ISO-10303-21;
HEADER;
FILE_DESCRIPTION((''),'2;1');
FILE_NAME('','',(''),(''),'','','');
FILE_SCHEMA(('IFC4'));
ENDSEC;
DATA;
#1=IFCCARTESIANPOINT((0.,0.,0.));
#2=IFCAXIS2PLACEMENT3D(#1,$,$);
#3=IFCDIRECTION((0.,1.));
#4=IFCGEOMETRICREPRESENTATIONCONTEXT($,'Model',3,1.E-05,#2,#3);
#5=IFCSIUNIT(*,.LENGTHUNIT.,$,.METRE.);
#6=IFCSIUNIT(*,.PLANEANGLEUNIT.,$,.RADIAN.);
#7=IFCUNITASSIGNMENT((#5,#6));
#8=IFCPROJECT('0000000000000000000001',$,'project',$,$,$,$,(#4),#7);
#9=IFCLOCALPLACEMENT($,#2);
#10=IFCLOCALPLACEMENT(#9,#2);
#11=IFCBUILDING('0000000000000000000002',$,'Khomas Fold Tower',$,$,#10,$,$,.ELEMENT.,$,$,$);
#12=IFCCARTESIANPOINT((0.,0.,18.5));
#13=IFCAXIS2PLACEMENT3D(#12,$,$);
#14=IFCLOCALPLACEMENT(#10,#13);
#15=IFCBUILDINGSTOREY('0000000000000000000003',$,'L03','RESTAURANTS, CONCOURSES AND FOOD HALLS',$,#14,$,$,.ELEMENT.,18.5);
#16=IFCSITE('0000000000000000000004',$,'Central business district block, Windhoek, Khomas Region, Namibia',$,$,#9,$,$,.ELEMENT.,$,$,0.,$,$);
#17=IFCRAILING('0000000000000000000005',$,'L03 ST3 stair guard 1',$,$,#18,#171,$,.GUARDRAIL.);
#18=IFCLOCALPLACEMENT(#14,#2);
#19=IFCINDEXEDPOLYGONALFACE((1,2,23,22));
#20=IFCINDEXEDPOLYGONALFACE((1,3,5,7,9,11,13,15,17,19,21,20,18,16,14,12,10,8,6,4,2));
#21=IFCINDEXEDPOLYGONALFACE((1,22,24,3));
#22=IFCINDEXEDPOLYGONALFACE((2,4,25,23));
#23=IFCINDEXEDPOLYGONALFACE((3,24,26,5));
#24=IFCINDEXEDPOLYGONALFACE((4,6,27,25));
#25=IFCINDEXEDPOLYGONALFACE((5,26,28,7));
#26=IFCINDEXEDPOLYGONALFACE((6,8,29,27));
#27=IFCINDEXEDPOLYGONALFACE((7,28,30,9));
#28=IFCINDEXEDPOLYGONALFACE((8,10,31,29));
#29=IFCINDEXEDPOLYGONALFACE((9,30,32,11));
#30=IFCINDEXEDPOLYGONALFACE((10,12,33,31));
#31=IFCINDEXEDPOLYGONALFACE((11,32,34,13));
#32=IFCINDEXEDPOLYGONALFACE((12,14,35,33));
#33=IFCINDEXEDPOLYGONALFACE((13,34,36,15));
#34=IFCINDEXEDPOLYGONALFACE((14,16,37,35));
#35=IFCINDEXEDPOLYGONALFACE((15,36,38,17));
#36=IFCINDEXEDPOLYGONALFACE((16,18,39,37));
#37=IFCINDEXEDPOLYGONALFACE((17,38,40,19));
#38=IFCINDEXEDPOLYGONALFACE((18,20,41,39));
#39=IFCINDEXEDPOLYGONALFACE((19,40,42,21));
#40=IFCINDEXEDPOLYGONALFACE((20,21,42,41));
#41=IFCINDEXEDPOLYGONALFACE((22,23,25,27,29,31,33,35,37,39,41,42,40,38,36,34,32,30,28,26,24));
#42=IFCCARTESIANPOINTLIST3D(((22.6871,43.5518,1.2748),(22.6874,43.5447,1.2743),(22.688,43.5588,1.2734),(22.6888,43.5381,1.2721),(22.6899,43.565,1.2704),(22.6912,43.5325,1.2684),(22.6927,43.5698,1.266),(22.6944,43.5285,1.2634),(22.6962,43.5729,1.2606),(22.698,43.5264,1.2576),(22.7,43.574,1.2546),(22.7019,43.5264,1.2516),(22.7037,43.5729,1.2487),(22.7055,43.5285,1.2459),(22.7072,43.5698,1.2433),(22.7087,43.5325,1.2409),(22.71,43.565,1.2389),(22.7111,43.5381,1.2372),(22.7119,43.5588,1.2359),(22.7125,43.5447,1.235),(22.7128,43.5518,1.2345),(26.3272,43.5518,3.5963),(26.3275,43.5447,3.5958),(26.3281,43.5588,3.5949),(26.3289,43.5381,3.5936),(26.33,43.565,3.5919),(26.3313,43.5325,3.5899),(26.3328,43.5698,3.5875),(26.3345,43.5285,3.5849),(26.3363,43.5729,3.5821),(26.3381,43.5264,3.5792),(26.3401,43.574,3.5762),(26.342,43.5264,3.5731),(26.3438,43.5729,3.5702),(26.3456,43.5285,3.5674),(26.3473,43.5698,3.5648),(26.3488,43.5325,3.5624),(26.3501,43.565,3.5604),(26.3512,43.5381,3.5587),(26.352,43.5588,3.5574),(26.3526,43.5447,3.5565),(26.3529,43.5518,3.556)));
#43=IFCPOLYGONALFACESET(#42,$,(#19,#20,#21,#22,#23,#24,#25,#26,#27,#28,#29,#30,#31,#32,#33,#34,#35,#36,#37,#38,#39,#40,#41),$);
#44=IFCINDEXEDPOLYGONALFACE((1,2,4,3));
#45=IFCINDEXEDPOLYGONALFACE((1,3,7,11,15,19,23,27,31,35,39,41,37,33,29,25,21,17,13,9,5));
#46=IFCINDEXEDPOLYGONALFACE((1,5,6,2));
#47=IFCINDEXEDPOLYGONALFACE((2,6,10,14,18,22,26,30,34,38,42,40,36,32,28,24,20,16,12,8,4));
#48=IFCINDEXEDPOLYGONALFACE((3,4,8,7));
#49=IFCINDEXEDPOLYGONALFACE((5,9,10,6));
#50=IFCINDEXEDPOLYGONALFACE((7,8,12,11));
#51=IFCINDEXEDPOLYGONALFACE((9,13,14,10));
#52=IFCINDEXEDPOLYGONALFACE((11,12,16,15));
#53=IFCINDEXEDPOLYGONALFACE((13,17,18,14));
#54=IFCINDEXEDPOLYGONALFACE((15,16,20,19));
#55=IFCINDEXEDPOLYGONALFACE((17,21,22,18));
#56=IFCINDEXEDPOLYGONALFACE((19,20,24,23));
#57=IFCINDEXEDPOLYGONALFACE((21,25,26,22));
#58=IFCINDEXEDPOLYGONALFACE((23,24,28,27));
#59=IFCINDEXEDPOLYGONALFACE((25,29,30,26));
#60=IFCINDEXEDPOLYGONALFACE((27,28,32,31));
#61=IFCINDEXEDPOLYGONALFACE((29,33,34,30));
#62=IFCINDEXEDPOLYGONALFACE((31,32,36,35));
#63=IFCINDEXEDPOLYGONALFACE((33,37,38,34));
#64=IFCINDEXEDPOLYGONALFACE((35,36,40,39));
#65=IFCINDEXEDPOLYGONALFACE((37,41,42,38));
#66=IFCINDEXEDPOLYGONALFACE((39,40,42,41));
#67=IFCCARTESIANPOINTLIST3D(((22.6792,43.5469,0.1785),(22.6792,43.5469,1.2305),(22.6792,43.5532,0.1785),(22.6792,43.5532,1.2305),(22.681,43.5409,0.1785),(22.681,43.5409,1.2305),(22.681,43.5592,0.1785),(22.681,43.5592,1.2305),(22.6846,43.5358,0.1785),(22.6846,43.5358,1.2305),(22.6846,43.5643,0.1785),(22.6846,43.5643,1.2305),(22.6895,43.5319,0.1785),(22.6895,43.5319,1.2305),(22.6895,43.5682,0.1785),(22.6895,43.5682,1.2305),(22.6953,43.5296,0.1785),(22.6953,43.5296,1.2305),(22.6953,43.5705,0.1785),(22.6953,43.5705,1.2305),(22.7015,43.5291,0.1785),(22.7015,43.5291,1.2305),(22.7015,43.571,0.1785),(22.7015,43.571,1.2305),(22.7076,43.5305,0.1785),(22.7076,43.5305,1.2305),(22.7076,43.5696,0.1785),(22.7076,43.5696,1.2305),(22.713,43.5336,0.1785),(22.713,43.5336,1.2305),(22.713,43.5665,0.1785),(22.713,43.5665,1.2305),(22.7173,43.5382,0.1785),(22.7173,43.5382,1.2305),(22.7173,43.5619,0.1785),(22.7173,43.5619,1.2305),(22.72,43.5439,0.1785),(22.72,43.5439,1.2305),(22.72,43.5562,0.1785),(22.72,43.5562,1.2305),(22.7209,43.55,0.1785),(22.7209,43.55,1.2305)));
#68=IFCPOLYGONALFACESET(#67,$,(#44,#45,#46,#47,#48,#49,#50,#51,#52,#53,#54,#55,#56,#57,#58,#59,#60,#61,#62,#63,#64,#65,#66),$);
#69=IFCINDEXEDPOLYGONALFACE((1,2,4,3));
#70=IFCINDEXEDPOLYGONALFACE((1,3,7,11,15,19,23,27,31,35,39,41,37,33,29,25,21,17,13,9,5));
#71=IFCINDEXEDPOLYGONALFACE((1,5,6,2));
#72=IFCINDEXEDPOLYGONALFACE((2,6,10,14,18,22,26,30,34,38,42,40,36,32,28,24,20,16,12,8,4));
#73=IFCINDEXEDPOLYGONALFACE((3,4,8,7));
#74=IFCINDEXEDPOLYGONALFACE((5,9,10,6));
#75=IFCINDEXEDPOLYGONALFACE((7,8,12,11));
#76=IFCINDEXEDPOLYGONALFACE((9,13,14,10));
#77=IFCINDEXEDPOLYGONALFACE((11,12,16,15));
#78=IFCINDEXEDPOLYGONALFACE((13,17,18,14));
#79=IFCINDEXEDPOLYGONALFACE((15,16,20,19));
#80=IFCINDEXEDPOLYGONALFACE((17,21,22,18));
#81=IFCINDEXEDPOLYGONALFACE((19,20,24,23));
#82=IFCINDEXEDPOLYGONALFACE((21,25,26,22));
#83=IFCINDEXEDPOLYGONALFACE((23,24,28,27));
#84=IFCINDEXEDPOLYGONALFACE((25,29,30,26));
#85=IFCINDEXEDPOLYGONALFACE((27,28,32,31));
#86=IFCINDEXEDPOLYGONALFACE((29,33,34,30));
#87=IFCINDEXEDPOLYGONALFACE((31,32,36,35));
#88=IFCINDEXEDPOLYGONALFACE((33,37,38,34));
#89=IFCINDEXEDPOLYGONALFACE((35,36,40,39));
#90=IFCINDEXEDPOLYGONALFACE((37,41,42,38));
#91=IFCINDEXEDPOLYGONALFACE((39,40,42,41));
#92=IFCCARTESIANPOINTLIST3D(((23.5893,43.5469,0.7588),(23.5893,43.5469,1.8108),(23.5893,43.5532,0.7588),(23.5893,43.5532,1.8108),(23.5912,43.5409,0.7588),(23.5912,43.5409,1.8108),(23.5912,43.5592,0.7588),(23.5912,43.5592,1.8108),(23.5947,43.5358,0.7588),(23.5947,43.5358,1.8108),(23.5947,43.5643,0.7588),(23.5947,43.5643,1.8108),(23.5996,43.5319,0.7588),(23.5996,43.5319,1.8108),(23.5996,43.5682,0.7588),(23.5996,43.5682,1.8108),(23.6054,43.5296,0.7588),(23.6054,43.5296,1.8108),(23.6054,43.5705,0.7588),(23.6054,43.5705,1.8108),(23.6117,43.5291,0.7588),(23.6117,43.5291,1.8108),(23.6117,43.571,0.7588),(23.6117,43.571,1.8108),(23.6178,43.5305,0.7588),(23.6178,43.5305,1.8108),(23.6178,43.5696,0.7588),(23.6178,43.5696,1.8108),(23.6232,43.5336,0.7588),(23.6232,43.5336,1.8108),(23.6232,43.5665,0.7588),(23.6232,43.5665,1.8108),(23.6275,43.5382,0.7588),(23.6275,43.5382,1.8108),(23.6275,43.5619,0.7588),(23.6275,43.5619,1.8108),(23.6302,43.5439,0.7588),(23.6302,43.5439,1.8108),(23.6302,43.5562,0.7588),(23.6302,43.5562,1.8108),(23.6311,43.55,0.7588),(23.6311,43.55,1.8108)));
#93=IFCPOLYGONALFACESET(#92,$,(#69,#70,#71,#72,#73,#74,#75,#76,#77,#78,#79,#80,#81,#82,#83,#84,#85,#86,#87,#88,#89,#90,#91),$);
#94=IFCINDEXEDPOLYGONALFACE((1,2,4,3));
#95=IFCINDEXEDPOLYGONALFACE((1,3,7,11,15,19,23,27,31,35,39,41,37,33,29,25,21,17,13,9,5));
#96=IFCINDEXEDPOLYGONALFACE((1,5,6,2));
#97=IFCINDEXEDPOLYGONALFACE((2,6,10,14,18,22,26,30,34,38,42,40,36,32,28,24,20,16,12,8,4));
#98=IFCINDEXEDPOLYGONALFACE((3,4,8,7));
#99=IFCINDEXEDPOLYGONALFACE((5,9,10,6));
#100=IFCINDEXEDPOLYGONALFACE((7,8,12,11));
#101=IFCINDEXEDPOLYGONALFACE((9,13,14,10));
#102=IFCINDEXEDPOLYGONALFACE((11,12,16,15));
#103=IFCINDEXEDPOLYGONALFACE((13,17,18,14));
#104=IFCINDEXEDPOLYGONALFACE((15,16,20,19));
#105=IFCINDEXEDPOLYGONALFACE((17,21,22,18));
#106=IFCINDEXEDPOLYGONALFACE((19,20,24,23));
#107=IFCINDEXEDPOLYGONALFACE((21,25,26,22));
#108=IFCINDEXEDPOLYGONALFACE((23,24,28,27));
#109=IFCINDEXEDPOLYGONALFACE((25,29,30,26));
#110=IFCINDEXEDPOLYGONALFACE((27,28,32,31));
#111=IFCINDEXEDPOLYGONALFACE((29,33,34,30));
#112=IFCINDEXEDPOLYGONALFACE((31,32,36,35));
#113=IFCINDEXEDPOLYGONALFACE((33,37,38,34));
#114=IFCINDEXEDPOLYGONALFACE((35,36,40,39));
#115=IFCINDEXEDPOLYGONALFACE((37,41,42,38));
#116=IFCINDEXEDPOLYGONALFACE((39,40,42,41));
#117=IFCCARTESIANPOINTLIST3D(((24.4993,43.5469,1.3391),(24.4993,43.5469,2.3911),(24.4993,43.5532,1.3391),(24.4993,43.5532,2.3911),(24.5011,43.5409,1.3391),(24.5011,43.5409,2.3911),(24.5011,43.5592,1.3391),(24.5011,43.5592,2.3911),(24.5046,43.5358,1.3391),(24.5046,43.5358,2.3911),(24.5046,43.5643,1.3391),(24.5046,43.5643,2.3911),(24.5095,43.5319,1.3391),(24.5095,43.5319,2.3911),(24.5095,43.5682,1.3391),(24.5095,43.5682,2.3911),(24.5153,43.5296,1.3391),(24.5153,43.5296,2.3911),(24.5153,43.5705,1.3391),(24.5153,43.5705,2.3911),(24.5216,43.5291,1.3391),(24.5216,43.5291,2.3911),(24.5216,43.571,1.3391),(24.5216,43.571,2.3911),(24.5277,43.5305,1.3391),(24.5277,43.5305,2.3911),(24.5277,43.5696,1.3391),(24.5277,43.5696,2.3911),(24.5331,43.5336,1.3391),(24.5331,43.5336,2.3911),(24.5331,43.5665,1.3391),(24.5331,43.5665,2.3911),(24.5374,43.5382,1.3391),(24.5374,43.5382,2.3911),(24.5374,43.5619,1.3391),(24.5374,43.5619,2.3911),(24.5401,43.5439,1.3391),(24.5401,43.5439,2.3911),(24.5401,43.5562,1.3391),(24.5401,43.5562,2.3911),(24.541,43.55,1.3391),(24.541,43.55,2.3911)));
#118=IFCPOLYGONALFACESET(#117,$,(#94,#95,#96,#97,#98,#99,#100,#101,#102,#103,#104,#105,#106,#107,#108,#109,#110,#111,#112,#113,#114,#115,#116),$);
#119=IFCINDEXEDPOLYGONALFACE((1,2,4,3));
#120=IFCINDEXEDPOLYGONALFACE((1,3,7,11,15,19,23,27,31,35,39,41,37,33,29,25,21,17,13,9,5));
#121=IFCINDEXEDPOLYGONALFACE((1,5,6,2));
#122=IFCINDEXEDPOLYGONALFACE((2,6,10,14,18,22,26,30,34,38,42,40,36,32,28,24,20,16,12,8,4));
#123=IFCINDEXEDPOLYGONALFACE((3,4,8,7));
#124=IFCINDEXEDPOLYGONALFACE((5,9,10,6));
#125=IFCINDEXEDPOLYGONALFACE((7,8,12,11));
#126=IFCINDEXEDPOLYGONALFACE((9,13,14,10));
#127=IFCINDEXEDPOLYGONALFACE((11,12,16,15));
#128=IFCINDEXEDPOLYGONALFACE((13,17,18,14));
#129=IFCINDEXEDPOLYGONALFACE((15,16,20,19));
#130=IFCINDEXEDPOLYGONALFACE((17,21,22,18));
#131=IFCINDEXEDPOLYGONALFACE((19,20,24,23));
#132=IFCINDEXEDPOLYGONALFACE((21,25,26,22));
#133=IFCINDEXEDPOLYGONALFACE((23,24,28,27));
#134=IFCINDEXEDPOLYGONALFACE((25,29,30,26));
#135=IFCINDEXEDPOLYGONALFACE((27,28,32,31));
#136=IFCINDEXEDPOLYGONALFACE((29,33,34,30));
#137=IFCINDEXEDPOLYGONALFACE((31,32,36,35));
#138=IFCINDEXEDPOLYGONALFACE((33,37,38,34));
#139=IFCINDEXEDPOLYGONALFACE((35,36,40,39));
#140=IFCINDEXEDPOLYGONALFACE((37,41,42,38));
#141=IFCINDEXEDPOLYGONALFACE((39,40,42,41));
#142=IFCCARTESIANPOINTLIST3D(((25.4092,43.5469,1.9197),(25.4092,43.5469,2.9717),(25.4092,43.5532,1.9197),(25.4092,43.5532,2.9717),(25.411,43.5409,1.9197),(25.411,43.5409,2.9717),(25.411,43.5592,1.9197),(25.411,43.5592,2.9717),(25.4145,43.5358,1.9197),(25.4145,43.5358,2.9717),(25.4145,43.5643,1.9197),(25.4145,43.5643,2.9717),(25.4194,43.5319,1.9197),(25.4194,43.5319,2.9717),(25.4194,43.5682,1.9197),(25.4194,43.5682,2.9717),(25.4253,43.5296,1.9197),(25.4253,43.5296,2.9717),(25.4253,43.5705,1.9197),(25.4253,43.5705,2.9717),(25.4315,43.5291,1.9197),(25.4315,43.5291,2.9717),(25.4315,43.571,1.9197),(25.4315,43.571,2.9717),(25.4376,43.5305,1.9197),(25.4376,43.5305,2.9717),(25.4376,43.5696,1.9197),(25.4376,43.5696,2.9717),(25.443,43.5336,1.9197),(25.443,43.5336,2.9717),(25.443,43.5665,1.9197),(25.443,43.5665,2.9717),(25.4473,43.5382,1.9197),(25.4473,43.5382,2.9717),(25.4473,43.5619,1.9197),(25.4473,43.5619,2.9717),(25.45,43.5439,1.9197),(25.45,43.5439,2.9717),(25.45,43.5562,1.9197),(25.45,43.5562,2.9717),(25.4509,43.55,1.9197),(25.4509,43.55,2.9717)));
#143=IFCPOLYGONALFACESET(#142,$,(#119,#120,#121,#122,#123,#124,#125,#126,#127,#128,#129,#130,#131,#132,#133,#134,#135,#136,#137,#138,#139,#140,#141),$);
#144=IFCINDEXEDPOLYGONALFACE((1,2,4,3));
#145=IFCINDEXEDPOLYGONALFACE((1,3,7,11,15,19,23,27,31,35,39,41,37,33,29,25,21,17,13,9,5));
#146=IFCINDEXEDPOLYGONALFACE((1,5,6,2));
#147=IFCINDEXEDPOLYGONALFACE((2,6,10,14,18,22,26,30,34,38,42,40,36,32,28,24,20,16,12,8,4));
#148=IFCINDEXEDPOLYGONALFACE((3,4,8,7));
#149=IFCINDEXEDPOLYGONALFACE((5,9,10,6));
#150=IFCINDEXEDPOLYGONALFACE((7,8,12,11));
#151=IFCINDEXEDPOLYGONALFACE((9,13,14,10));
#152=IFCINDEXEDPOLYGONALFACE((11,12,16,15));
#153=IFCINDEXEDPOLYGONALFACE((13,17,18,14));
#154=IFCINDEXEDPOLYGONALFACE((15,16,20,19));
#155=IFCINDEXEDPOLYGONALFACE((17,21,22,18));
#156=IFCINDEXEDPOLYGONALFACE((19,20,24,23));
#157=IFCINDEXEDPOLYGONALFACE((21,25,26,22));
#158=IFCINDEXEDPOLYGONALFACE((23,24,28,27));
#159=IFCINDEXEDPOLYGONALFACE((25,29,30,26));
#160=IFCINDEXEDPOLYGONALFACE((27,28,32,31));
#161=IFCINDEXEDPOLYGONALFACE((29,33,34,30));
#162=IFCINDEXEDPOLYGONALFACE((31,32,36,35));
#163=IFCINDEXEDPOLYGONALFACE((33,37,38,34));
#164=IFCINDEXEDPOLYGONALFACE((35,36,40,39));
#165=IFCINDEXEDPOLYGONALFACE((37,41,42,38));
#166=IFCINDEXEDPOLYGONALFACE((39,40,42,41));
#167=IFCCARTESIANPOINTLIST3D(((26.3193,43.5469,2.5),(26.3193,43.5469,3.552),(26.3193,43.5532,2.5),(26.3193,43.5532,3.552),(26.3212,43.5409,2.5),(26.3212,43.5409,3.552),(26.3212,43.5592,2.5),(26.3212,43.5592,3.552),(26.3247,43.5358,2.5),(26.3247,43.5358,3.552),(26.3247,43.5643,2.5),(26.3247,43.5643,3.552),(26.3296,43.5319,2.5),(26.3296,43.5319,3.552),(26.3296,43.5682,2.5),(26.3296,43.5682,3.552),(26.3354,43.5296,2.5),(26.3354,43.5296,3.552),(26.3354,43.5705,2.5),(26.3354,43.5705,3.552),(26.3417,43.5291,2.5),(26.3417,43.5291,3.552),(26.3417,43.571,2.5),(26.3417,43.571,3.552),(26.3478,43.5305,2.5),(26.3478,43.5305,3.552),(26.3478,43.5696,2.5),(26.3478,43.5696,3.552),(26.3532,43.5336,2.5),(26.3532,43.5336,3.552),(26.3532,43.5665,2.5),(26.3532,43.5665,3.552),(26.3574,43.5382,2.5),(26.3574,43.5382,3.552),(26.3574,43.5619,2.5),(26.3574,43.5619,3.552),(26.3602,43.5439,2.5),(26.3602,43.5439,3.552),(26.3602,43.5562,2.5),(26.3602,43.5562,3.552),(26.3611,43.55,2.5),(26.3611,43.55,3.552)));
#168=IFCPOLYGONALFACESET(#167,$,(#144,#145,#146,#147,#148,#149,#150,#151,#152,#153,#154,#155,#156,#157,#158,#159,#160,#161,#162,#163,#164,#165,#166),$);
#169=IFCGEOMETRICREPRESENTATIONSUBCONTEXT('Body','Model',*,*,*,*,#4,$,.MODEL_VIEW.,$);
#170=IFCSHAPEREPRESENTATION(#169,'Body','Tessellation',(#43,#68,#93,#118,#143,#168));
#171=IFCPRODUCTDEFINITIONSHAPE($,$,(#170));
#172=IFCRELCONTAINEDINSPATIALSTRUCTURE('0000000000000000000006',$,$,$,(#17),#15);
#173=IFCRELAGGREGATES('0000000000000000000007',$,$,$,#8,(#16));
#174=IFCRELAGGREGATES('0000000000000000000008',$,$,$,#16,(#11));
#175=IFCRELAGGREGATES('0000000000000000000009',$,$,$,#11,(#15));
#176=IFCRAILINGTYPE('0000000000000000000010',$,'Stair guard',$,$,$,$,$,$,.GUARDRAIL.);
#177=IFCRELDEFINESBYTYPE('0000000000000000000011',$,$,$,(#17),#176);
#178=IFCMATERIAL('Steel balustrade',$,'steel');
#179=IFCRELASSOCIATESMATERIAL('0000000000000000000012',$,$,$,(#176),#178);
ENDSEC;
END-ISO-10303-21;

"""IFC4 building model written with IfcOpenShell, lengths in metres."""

from ifc_helpers import new_model, si_unit, direction, frame, origin, origin_2d, place, context, subcontext, project, spatial, circle, extrude, source, transform, mapped, material, type_object, element, save


model = new_model("IFC4")

# Units and contexts
model_context = context("Model", 3, precision=1e-05, world=origin(), true_north=direction((0.0, 1.0)))
body_context = subcontext(model_context, "Body", "Model", "MODEL_VIEW")
ifc_project = project(units=[si_unit("LENGTHUNIT", "METRE"), si_unit("PLANEANGLEUNIT", "RADIAN")], contexts=[model_context])

# Site, building, storey
site_placement = place(None, origin())
site = spatial("IfcSite", under=ifc_project, at=site_placement, Name="Central business district block, Windhoek, Khomas Region, Namibia", CompositionType="ELEMENT", RefElevation=0.0)
building_placement = place(site_placement, origin())
building = spatial("IfcBuilding", under=site, at=building_placement, Name="Khomas Fold Tower", CompositionType="ELEMENT")
storey_placement = place(building_placement, frame((0.0, 0.0, 18.5)))
storey = spatial("IfcBuildingStorey", under=building, at=storey_placement, Name="L03", Description="RESTAURANTS, CONCOURSES AND FOOD HALLS", CompositionType="ELEMENT", Elevation=18.5)

# Railing
ifc_material_1 = material(Name="Steel balustrade", Category="steel")
railing_type_1 = type_object("IfcRailingType", Name="Stair guard", PredefinedType="GUARDRAIL", material=ifc_material_1)
shared_shape_1 = source(origin(), body_context, "Body", "SweptSolid", [
    extrude(circle(Radius=0.0239, at=origin_2d()), frame((0.0, 0.0, 1.0762), z_axis=(0.843128, 0.0, 0.537713), x_axis=(0.0, 1.0, 0.0)), (0.0, 0.0, 1.0), 4.3174),
    extrude(circle(Radius=0.021, at=origin_2d()), origin(), (0.0, 0.0, 1.0), 1.052),
    extrude(circle(Radius=0.021, at=origin_2d()), frame((0.9102, 0.0, 0.5803)), (0.0, 0.0, 1.0), 1.052),
    extrude(circle(Radius=0.021, at=origin_2d()), frame((1.8201, 0.0, 1.1606)), (0.0, 0.0, 1.0), 1.052),
    extrude(circle(Radius=0.021, at=origin_2d()), frame((2.73, 0.0, 1.7412)), (0.0, 0.0, 1.0), 1.052),
    extrude(circle(Radius=0.021, at=origin_2d()), frame((3.6401, 0.0, 2.3215)), (0.0, 0.0, 1.0), 1.052),
])
railing_1_placement = place(storey_placement, frame((22.7, 43.55, 0.1785)))
element("IfcRailing", 1, at=railing_1_placement, inside=storey, type_object=railing_type_1, Name="L03 ST3 stair guard 1", PredefinedType="GUARDRAIL", context=body_context, shape_type="MappedRepresentation", body=[
    mapped(shared_shape_1, transform((0.0, 0.0, 0.0))),
])

save(model, "model.ifc")
